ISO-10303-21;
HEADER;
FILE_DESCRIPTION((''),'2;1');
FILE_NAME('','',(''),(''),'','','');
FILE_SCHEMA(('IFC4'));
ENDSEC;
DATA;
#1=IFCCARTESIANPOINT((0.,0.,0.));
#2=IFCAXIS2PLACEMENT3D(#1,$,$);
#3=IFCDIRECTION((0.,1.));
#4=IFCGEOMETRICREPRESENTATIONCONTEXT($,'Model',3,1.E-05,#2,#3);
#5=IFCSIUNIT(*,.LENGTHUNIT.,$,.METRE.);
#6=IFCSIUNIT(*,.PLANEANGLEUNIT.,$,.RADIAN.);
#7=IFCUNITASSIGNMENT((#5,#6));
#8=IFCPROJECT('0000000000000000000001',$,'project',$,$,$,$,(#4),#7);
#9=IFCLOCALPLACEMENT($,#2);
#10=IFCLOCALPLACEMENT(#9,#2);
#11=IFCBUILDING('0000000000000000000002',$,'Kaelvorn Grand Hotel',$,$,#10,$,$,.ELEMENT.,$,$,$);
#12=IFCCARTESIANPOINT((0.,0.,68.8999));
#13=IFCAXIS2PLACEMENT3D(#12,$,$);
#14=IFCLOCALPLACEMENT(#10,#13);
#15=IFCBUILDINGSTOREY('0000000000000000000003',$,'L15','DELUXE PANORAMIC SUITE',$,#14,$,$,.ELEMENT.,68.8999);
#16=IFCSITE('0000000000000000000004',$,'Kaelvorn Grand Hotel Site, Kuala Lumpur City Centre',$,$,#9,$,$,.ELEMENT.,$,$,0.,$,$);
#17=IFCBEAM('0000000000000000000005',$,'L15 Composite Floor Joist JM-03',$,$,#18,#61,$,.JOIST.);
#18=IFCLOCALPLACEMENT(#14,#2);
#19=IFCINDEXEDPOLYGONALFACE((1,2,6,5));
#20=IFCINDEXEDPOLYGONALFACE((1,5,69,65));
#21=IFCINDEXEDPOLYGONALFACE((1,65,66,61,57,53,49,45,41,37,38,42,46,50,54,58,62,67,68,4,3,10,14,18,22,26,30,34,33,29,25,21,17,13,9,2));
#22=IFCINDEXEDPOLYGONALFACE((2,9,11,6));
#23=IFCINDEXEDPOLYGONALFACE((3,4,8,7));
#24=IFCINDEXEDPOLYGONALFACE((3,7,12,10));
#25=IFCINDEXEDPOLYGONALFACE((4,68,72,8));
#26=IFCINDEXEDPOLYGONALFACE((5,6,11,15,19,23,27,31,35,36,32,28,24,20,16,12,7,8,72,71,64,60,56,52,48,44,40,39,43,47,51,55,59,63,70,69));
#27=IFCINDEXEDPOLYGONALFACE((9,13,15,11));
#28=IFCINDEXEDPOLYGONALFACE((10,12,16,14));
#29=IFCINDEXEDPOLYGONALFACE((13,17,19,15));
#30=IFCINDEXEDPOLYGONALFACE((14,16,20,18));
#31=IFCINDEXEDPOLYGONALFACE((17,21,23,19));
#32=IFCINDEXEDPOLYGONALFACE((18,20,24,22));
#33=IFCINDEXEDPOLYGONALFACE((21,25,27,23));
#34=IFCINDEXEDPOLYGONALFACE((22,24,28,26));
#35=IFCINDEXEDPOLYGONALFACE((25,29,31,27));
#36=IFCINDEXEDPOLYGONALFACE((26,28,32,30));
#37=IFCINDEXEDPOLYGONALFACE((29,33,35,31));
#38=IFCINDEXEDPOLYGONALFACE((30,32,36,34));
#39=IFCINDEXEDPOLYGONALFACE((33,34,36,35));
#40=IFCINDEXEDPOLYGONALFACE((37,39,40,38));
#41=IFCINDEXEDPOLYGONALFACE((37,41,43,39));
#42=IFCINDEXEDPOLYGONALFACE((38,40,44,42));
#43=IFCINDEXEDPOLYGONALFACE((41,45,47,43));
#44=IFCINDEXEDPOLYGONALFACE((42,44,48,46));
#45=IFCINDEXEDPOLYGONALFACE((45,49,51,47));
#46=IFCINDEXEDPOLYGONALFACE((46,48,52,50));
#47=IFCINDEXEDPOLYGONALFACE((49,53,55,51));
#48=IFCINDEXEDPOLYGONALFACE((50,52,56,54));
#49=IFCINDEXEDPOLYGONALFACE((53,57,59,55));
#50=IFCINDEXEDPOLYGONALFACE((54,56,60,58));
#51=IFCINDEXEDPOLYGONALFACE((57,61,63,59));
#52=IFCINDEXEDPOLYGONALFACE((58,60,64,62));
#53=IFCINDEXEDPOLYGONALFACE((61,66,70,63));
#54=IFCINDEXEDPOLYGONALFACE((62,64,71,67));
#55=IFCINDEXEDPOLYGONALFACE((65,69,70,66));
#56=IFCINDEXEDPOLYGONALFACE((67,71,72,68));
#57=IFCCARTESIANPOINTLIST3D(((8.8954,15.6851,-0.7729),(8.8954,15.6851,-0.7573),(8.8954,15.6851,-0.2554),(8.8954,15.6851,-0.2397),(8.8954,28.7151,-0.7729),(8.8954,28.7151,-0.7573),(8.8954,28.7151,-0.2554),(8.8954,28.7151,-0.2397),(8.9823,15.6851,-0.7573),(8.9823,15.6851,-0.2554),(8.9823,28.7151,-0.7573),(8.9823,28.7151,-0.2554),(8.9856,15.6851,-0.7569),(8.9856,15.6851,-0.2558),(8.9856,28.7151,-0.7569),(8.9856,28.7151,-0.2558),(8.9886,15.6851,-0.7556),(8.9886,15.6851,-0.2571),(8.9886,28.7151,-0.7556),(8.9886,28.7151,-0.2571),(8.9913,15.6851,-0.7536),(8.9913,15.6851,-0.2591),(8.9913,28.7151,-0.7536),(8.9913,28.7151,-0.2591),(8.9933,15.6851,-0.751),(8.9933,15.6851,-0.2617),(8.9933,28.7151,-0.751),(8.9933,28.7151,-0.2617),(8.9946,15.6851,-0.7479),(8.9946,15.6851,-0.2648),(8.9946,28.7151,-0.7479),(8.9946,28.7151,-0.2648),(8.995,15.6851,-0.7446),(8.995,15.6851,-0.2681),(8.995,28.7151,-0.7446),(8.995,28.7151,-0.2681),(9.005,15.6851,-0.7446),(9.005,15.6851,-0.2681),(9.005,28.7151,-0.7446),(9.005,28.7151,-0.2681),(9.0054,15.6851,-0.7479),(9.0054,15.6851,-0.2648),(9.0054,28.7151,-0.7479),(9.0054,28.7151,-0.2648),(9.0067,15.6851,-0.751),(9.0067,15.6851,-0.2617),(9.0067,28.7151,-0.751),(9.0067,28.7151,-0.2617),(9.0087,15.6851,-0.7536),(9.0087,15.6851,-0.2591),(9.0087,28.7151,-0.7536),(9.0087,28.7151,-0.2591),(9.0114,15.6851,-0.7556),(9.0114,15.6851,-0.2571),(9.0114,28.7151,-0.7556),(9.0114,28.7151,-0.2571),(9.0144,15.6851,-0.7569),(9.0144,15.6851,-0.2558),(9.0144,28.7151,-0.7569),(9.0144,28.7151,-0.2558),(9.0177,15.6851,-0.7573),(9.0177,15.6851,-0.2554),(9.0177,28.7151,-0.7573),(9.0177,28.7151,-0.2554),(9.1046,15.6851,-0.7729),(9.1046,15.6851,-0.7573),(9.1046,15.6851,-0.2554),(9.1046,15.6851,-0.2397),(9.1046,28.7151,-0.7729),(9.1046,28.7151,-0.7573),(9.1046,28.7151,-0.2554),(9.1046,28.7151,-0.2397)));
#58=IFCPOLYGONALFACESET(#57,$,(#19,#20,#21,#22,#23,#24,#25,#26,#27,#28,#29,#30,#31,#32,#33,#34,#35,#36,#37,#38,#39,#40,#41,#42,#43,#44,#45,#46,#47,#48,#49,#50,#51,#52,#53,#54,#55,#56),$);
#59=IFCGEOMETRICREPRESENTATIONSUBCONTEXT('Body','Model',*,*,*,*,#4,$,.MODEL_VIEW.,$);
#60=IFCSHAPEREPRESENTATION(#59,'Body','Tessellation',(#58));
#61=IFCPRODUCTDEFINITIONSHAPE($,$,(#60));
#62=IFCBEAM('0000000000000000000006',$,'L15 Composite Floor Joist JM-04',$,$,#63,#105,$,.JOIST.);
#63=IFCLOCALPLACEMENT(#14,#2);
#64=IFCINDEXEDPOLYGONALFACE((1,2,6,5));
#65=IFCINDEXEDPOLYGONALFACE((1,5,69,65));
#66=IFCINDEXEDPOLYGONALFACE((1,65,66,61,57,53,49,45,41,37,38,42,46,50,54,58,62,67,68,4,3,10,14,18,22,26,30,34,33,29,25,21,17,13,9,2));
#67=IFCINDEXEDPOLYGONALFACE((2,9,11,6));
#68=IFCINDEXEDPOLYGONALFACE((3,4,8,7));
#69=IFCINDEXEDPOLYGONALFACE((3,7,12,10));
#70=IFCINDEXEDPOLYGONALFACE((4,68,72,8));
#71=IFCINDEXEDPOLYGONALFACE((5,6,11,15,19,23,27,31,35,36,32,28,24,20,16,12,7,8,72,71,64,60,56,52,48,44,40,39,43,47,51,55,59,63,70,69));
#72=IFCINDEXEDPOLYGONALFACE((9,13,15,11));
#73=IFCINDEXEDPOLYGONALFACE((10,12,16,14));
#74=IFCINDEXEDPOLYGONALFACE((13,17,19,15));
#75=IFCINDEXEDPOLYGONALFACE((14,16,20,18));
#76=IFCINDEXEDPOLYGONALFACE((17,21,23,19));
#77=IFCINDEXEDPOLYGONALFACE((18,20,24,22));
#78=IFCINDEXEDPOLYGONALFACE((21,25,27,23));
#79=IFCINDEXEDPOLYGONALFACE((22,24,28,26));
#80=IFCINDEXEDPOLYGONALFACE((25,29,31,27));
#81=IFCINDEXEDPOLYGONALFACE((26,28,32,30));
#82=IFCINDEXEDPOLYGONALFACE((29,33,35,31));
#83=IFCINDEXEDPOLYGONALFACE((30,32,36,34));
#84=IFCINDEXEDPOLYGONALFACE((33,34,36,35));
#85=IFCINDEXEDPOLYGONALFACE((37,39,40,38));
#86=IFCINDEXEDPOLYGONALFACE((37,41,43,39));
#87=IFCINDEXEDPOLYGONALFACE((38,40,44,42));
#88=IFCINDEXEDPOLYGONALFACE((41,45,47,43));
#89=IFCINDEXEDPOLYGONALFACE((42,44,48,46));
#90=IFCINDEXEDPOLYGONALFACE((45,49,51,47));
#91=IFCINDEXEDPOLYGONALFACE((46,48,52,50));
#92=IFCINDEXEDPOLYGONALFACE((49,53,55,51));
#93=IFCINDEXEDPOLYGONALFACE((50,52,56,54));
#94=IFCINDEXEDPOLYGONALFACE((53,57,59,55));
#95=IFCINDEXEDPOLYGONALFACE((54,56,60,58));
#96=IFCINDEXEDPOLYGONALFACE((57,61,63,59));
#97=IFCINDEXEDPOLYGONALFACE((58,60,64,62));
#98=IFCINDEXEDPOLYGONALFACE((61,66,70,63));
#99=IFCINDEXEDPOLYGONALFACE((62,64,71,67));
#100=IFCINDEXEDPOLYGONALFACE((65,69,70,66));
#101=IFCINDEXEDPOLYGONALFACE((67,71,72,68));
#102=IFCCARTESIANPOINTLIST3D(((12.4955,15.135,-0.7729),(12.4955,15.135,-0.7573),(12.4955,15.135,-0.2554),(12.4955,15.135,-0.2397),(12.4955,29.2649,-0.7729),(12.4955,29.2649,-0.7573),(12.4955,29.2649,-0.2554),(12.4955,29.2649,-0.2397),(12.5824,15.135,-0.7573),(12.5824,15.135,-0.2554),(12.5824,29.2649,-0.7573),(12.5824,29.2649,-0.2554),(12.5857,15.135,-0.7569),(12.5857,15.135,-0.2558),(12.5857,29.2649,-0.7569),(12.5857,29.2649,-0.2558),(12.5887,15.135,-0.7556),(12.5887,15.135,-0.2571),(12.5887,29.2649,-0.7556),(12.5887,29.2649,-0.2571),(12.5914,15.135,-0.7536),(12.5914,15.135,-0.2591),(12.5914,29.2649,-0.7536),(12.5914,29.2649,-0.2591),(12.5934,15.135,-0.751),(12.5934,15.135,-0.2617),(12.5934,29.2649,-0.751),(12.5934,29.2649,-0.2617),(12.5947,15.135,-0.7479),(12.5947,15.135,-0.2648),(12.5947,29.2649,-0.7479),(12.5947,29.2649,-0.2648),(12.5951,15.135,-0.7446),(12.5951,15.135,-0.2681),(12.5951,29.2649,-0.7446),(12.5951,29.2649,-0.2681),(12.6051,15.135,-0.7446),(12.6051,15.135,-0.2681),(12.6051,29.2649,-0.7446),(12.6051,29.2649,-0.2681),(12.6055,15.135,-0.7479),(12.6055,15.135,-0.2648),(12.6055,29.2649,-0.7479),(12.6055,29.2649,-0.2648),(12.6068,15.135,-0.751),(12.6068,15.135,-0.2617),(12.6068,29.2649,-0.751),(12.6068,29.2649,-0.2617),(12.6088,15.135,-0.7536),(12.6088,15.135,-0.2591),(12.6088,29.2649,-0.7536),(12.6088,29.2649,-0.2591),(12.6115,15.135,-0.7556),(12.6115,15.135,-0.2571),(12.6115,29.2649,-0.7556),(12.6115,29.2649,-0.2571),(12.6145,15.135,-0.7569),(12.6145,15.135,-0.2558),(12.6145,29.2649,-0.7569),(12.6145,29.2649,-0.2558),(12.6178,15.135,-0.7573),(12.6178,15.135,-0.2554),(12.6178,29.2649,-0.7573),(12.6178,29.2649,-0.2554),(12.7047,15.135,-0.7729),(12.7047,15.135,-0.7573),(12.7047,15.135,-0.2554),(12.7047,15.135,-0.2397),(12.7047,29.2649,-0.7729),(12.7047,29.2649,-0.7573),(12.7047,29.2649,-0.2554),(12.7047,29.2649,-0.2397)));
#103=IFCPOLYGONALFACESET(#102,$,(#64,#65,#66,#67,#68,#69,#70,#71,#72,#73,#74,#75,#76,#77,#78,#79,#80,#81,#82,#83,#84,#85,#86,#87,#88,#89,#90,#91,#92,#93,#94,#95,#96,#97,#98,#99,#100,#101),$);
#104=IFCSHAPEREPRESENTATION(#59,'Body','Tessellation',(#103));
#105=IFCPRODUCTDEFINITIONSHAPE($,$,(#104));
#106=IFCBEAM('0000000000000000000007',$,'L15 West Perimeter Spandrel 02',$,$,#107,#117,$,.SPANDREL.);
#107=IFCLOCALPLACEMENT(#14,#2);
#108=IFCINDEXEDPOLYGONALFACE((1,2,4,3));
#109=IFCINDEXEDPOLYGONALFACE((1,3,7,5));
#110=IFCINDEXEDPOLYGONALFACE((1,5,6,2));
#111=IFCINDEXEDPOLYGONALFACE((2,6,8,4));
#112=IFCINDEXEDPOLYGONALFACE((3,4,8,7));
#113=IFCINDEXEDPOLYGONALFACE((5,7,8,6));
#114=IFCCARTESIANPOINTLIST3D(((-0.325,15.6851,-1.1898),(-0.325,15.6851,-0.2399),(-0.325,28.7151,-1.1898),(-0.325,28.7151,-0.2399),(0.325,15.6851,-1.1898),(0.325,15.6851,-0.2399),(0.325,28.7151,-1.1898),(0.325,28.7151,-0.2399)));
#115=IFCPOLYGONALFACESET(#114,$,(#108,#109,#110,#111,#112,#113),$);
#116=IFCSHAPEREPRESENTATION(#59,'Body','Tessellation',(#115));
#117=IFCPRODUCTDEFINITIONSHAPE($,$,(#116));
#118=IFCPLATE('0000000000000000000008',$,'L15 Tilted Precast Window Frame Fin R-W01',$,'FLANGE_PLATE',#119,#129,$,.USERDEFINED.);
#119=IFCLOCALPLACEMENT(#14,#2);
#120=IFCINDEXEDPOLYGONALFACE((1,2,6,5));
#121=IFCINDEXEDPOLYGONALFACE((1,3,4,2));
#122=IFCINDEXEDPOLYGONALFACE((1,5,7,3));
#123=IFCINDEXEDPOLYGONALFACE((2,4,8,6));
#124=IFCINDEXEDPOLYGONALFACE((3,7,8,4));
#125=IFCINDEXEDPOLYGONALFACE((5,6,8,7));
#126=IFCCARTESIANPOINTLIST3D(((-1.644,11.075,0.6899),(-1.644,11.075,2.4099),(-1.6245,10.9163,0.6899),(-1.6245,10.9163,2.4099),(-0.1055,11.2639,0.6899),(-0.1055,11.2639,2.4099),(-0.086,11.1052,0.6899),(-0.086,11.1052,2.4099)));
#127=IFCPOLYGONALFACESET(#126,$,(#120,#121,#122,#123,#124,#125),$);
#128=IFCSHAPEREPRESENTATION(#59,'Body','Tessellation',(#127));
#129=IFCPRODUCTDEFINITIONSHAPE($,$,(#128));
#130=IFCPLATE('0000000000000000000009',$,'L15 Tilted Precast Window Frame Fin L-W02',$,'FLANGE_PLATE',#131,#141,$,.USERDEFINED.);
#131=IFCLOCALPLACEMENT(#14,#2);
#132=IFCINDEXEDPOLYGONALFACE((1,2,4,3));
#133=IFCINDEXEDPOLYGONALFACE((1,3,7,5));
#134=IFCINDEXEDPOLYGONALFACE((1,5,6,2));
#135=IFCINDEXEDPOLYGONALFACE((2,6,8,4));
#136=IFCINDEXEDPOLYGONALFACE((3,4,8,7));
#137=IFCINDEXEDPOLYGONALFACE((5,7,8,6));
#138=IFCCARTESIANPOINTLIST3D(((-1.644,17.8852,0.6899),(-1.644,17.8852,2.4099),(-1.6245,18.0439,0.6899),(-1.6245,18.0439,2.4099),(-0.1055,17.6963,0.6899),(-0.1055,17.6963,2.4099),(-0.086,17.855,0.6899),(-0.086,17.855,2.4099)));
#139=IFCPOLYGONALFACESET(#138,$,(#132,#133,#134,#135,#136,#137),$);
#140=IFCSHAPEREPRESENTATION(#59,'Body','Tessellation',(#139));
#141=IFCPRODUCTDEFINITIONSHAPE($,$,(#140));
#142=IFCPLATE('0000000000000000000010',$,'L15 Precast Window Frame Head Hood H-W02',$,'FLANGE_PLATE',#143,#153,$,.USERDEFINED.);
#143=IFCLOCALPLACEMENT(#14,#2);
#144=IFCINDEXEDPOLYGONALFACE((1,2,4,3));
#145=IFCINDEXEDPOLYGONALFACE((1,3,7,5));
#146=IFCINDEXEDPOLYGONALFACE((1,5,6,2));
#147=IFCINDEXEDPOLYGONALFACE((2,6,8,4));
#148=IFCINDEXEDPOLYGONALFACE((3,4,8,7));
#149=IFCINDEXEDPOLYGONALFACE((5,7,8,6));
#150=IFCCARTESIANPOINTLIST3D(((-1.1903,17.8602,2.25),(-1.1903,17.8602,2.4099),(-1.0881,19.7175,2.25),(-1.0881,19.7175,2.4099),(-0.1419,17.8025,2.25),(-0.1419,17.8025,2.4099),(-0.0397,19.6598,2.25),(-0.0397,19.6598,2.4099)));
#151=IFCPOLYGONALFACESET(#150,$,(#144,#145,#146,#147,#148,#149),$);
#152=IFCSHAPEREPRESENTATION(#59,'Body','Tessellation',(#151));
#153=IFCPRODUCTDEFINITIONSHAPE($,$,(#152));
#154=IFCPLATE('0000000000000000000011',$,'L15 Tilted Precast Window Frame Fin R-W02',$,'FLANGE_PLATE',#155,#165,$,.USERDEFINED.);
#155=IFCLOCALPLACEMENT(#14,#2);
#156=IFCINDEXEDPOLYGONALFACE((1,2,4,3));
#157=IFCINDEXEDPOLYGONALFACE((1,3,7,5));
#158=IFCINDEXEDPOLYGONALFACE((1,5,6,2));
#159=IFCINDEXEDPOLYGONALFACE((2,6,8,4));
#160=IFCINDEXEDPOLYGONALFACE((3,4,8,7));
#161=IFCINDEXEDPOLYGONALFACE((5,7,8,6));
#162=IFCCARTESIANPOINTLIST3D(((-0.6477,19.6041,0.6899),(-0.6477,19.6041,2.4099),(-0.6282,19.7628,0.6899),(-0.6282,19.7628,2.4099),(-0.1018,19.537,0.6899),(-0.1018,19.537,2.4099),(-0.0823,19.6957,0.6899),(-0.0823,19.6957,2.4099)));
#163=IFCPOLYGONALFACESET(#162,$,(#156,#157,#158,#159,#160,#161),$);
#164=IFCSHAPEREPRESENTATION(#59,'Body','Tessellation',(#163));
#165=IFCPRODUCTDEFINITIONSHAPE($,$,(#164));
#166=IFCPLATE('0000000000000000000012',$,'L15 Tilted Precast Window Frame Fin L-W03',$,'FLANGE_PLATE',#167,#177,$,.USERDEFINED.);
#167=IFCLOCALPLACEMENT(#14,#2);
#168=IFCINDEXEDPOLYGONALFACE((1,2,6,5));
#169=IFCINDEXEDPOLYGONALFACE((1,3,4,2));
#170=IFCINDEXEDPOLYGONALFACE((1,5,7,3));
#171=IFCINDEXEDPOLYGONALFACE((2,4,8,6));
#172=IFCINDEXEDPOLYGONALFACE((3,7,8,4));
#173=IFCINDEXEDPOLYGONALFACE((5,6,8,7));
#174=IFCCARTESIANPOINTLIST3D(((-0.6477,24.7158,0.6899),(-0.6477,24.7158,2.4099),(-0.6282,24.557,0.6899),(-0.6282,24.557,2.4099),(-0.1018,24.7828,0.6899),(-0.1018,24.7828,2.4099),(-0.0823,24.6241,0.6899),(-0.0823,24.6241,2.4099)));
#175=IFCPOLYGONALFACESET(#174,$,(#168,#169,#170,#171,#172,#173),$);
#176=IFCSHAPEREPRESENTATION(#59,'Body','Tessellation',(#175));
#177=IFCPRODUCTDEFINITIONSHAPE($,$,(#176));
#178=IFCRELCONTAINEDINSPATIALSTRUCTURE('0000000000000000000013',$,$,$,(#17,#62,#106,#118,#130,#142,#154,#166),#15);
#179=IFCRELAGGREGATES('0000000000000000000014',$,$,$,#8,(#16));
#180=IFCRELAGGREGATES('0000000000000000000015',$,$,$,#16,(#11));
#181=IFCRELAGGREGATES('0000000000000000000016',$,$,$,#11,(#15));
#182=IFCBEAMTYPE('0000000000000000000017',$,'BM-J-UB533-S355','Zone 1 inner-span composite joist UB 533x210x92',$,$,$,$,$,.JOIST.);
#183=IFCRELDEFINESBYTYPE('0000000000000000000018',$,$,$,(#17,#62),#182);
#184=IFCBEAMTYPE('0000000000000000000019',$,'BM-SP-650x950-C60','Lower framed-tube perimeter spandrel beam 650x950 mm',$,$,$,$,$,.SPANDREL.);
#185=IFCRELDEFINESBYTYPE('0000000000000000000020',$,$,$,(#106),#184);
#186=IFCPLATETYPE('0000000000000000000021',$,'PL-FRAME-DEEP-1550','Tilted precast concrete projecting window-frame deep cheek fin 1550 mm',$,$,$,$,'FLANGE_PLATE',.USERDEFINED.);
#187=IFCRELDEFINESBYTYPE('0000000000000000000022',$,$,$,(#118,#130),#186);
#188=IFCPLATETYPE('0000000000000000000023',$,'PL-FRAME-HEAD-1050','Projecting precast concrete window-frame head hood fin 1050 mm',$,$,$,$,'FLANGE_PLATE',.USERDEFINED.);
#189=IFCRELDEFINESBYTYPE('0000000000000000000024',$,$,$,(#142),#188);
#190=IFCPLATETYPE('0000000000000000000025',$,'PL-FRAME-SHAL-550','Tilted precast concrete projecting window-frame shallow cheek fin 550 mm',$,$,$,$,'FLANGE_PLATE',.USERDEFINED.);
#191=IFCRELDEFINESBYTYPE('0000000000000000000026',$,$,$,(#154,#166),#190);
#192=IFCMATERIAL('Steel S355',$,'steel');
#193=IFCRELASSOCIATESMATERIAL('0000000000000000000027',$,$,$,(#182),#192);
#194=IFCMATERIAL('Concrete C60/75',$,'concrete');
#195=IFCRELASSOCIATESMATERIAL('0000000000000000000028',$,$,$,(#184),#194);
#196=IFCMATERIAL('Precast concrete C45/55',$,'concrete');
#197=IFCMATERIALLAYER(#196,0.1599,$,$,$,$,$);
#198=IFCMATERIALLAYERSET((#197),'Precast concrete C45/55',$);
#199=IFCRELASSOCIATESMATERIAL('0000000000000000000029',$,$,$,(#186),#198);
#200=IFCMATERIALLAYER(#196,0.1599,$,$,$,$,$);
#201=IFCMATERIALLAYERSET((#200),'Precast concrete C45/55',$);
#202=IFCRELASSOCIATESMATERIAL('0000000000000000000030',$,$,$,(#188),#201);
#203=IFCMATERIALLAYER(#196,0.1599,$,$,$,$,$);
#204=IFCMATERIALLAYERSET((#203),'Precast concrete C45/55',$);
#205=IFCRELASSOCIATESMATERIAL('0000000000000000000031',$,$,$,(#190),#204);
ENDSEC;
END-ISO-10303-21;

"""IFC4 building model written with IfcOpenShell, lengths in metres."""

from ifc_helpers import new_model, si_unit, direction, frame, origin, origin_2d, place, context, subcontext, project, spatial, rectangle, i_section, extrude, material, layer, layer_set, material_profile, profile_set, type_object, element, save


model = new_model("IFC4")

# Units and contexts
model_context = context("Model", 3, precision=1e-05, world=origin(), true_north=direction((0.0, 1.0)))
body_context = subcontext(model_context, "Body", "Model", "MODEL_VIEW")
ifc_project = project(units=[si_unit("LENGTHUNIT", "METRE"), si_unit("PLANEANGLEUNIT", "RADIAN")], contexts=[model_context])

# Site, building, storey
site_placement = place(None, origin())
site = spatial("IfcSite", under=ifc_project, at=site_placement, Name="Kaelvorn Grand Hotel Site, Kuala Lumpur City Centre", CompositionType="ELEMENT", RefElevation=0.0)
building_placement = place(site_placement, origin())
building = spatial("IfcBuilding", under=site, at=building_placement, Name="Kaelvorn Grand Hotel", CompositionType="ELEMENT")
storey_placement = place(building_placement, frame((0.0, 0.0, 68.8999)))
storey = spatial("IfcBuildingStorey", under=building, at=storey_placement, Name="L15", Description="DELUXE PANORAMIC SUITE", CompositionType="ELEMENT", Elevation=68.8999)

# Beams
ifc_material_1 = material(Name="Steel S355", Category="steel")
ifc_material_profile_1 = material_profile(ifc_material_1, i_section(OverallWidth=0.2092, OverallDepth=0.5332, WebThickness=0.01, FlangeThickness=0.0156, FilletRadius=0.0127, at=origin_2d()), Name="UB 533x210x92")
ifc_profile_set_1 = profile_set([ifc_material_profile_1], Name="Steel S355")
beam_type_1 = type_object("IfcBeamType", Name="BM-J-UB533-S355", Description="Zone 1 inner-span composite joist UB 533x210x92", PredefinedType="JOIST", material=ifc_profile_set_1)
beam_1_placement = place(storey_placement, frame((9.0, 15.6851, -0.5063), z_axis=(0.0, 1.0, 0.0), x_axis=(-1.0, 0.0, 0.0)))
element("IfcBeam", 1, at=beam_1_placement, inside=storey, type_object=beam_type_1, Name="L15 Composite Floor Joist JM-03", PredefinedType="JOIST", context=body_context, shape_type="SweptSolid", body=[
    extrude(i_section(OverallWidth=0.2092, OverallDepth=0.5332, WebThickness=0.01, FlangeThickness=0.0156, FilletRadius=0.0127, at=origin_2d()), origin(), (0.0, 0.0, 1.0), 13.03),
])
beam_2_placement = place(storey_placement, frame((12.6001, 15.135, -0.5063), z_axis=(0.0, 1.0, 0.0), x_axis=(-1.0, 0.0, 0.0)))
element("IfcBeam", 2, at=beam_2_placement, inside=storey, type_object=beam_type_1, Name="L15 Composite Floor Joist JM-04", PredefinedType="JOIST", context=body_context, shape_type="SweptSolid", body=[
    extrude(i_section(OverallWidth=0.2092, OverallDepth=0.5332, WebThickness=0.01, FlangeThickness=0.0156, FilletRadius=0.0127, at=origin_2d()), origin(), (0.0, 0.0, 1.0), 14.1299),
])
ifc_material_2 = material(Name="Concrete C60/75", Category="concrete")
ifc_material_profile_2 = material_profile(ifc_material_2, rectangle(XDim=0.6499, YDim=0.95, at=origin_2d()), Name="RC SPANDREL 650x950")
ifc_profile_set_2 = profile_set([ifc_material_profile_2], Name="Concrete C60/75")
beam_type_2 = type_object("IfcBeamType", Name="BM-SP-650x950-C60", Description="Lower framed-tube perimeter spandrel beam 650x950 mm", PredefinedType="SPANDREL", material=ifc_profile_set_2)
beam_3_placement = place(storey_placement, frame((0.0, 15.6851, -0.7148), z_axis=(0.0, 1.0, 0.0), x_axis=(-1.0, 0.0, 0.0)))
element("IfcBeam", 3, at=beam_3_placement, inside=storey, type_object=beam_type_2, Name="L15 West Perimeter Spandrel 02", PredefinedType="SPANDREL", context=body_context, shape_type="SweptSolid", body=[
    extrude(rectangle(XDim=0.6499, YDim=0.95, at=origin_2d()), origin(), (0.0, 0.0, 1.0), 13.03),
])

# Plates
ifc_material_3 = material(Name="Precast concrete C45/55", Category="concrete")
ifc_layer_1 = layer(ifc_material_3, 0.1599)
ifc_layer_set_1 = layer_set([ifc_layer_1], Name="Precast concrete C45/55")
plate_type_1 = type_object("IfcPlateType", Name="PL-FRAME-DEEP-1550", Description="Tilted precast concrete projecting window-frame deep cheek fin 1550 mm", ElementType="FLANGE_PLATE", PredefinedType="USERDEFINED", material=ifc_layer_set_1)
for number, where, z_axis, x_axis, name in (
    (4, (-0.865, 11.0901, 0.6899), (0.0, 0.0, 1.0), (-0.121869, 0.992546, 0.0), "L15 Tilted Precast Window Frame Fin R-W01"),
    (5, (-0.865, 17.8701, 0.6899), (0.0, 0.0, 1.0), (0.121869, 0.992546, 0.0), "L15 Tilted Precast Window Frame Fin L-W02"),
):
    element("IfcPlate", number, at=place(storey_placement, frame(where, z_axis=z_axis, x_axis=x_axis)), inside=storey, type_object=plate_type_1, Name=name, ObjectType="FLANGE_PLATE", PredefinedType="USERDEFINED", context=body_context, shape_type="SweptSolid", body=[
        extrude(rectangle(XDim=0.1599, YDim=1.55, at=origin_2d()), origin(), (0.0, 0.0, 1.0), 1.72),
    ])
ifc_layer_2 = layer(ifc_material_3, 0.1599)
ifc_layer_set_2 = layer_set([ifc_layer_2], Name="Precast concrete C45/55")
plate_type_2 = type_object("IfcPlateType", Name="PL-FRAME-HEAD-1050", Description="Projecting precast concrete window-frame head hood fin 1050 mm", ElementType="FLANGE_PLATE", PredefinedType="USERDEFINED", material=ifc_layer_set_2)
plate_placement = place(storey_placement, frame((-0.615, 18.76, 2.25), z_axis=(0.0, 0.0, 1.0), x_axis=(0.05495, 0.998489, 0.0)))
element("IfcPlate", 6, at=plate_placement, inside=storey, type_object=plate_type_2, Name="L15 Precast Window Frame Head Hood H-W02", ObjectType="FLANGE_PLATE", PredefinedType="USERDEFINED", context=body_context, shape_type="SweptSolid", body=[
    extrude(rectangle(XDim=1.8601, YDim=1.05, at=origin_2d()), origin(), (0.0, 0.0, 1.0), 0.1599),
])
ifc_layer_3 = layer(ifc_material_3, 0.1599)
ifc_layer_set_3 = layer_set([ifc_layer_3], Name="Precast concrete C45/55")
plate_type_3 = type_object("IfcPlateType", Name="PL-FRAME-SHAL-550", Description="Tilted precast concrete projecting window-frame shallow cheek fin 550 mm", ElementType="FLANGE_PLATE", PredefinedType="USERDEFINED", material=ifc_layer_set_3)
for number, where, z_axis, x_axis, name in (
    (7, (-0.365, 19.6499, 0.6899), (0.0, 0.0, 1.0), (0.121869, 0.992546, 0.0), "L15 Tilted Precast Window Frame Fin R-W02"),
    (8, (-0.365, 24.6699, 0.6899), (0.0, 0.0, 1.0), (-0.121869, 0.992546, 0.0), "L15 Tilted Precast Window Frame Fin L-W03"),
):
    element("IfcPlate", number, at=place(storey_placement, frame(where, z_axis=z_axis, x_axis=x_axis)), inside=storey, type_object=plate_type_3, Name=name, ObjectType="FLANGE_PLATE", PredefinedType="USERDEFINED", context=body_context, shape_type="SweptSolid", body=[
        extrude(rectangle(XDim=0.1599, YDim=0.55, at=origin_2d()), origin(), (0.0, 0.0, 1.0), 1.72),
    ])

save(model, "model.ifc")
